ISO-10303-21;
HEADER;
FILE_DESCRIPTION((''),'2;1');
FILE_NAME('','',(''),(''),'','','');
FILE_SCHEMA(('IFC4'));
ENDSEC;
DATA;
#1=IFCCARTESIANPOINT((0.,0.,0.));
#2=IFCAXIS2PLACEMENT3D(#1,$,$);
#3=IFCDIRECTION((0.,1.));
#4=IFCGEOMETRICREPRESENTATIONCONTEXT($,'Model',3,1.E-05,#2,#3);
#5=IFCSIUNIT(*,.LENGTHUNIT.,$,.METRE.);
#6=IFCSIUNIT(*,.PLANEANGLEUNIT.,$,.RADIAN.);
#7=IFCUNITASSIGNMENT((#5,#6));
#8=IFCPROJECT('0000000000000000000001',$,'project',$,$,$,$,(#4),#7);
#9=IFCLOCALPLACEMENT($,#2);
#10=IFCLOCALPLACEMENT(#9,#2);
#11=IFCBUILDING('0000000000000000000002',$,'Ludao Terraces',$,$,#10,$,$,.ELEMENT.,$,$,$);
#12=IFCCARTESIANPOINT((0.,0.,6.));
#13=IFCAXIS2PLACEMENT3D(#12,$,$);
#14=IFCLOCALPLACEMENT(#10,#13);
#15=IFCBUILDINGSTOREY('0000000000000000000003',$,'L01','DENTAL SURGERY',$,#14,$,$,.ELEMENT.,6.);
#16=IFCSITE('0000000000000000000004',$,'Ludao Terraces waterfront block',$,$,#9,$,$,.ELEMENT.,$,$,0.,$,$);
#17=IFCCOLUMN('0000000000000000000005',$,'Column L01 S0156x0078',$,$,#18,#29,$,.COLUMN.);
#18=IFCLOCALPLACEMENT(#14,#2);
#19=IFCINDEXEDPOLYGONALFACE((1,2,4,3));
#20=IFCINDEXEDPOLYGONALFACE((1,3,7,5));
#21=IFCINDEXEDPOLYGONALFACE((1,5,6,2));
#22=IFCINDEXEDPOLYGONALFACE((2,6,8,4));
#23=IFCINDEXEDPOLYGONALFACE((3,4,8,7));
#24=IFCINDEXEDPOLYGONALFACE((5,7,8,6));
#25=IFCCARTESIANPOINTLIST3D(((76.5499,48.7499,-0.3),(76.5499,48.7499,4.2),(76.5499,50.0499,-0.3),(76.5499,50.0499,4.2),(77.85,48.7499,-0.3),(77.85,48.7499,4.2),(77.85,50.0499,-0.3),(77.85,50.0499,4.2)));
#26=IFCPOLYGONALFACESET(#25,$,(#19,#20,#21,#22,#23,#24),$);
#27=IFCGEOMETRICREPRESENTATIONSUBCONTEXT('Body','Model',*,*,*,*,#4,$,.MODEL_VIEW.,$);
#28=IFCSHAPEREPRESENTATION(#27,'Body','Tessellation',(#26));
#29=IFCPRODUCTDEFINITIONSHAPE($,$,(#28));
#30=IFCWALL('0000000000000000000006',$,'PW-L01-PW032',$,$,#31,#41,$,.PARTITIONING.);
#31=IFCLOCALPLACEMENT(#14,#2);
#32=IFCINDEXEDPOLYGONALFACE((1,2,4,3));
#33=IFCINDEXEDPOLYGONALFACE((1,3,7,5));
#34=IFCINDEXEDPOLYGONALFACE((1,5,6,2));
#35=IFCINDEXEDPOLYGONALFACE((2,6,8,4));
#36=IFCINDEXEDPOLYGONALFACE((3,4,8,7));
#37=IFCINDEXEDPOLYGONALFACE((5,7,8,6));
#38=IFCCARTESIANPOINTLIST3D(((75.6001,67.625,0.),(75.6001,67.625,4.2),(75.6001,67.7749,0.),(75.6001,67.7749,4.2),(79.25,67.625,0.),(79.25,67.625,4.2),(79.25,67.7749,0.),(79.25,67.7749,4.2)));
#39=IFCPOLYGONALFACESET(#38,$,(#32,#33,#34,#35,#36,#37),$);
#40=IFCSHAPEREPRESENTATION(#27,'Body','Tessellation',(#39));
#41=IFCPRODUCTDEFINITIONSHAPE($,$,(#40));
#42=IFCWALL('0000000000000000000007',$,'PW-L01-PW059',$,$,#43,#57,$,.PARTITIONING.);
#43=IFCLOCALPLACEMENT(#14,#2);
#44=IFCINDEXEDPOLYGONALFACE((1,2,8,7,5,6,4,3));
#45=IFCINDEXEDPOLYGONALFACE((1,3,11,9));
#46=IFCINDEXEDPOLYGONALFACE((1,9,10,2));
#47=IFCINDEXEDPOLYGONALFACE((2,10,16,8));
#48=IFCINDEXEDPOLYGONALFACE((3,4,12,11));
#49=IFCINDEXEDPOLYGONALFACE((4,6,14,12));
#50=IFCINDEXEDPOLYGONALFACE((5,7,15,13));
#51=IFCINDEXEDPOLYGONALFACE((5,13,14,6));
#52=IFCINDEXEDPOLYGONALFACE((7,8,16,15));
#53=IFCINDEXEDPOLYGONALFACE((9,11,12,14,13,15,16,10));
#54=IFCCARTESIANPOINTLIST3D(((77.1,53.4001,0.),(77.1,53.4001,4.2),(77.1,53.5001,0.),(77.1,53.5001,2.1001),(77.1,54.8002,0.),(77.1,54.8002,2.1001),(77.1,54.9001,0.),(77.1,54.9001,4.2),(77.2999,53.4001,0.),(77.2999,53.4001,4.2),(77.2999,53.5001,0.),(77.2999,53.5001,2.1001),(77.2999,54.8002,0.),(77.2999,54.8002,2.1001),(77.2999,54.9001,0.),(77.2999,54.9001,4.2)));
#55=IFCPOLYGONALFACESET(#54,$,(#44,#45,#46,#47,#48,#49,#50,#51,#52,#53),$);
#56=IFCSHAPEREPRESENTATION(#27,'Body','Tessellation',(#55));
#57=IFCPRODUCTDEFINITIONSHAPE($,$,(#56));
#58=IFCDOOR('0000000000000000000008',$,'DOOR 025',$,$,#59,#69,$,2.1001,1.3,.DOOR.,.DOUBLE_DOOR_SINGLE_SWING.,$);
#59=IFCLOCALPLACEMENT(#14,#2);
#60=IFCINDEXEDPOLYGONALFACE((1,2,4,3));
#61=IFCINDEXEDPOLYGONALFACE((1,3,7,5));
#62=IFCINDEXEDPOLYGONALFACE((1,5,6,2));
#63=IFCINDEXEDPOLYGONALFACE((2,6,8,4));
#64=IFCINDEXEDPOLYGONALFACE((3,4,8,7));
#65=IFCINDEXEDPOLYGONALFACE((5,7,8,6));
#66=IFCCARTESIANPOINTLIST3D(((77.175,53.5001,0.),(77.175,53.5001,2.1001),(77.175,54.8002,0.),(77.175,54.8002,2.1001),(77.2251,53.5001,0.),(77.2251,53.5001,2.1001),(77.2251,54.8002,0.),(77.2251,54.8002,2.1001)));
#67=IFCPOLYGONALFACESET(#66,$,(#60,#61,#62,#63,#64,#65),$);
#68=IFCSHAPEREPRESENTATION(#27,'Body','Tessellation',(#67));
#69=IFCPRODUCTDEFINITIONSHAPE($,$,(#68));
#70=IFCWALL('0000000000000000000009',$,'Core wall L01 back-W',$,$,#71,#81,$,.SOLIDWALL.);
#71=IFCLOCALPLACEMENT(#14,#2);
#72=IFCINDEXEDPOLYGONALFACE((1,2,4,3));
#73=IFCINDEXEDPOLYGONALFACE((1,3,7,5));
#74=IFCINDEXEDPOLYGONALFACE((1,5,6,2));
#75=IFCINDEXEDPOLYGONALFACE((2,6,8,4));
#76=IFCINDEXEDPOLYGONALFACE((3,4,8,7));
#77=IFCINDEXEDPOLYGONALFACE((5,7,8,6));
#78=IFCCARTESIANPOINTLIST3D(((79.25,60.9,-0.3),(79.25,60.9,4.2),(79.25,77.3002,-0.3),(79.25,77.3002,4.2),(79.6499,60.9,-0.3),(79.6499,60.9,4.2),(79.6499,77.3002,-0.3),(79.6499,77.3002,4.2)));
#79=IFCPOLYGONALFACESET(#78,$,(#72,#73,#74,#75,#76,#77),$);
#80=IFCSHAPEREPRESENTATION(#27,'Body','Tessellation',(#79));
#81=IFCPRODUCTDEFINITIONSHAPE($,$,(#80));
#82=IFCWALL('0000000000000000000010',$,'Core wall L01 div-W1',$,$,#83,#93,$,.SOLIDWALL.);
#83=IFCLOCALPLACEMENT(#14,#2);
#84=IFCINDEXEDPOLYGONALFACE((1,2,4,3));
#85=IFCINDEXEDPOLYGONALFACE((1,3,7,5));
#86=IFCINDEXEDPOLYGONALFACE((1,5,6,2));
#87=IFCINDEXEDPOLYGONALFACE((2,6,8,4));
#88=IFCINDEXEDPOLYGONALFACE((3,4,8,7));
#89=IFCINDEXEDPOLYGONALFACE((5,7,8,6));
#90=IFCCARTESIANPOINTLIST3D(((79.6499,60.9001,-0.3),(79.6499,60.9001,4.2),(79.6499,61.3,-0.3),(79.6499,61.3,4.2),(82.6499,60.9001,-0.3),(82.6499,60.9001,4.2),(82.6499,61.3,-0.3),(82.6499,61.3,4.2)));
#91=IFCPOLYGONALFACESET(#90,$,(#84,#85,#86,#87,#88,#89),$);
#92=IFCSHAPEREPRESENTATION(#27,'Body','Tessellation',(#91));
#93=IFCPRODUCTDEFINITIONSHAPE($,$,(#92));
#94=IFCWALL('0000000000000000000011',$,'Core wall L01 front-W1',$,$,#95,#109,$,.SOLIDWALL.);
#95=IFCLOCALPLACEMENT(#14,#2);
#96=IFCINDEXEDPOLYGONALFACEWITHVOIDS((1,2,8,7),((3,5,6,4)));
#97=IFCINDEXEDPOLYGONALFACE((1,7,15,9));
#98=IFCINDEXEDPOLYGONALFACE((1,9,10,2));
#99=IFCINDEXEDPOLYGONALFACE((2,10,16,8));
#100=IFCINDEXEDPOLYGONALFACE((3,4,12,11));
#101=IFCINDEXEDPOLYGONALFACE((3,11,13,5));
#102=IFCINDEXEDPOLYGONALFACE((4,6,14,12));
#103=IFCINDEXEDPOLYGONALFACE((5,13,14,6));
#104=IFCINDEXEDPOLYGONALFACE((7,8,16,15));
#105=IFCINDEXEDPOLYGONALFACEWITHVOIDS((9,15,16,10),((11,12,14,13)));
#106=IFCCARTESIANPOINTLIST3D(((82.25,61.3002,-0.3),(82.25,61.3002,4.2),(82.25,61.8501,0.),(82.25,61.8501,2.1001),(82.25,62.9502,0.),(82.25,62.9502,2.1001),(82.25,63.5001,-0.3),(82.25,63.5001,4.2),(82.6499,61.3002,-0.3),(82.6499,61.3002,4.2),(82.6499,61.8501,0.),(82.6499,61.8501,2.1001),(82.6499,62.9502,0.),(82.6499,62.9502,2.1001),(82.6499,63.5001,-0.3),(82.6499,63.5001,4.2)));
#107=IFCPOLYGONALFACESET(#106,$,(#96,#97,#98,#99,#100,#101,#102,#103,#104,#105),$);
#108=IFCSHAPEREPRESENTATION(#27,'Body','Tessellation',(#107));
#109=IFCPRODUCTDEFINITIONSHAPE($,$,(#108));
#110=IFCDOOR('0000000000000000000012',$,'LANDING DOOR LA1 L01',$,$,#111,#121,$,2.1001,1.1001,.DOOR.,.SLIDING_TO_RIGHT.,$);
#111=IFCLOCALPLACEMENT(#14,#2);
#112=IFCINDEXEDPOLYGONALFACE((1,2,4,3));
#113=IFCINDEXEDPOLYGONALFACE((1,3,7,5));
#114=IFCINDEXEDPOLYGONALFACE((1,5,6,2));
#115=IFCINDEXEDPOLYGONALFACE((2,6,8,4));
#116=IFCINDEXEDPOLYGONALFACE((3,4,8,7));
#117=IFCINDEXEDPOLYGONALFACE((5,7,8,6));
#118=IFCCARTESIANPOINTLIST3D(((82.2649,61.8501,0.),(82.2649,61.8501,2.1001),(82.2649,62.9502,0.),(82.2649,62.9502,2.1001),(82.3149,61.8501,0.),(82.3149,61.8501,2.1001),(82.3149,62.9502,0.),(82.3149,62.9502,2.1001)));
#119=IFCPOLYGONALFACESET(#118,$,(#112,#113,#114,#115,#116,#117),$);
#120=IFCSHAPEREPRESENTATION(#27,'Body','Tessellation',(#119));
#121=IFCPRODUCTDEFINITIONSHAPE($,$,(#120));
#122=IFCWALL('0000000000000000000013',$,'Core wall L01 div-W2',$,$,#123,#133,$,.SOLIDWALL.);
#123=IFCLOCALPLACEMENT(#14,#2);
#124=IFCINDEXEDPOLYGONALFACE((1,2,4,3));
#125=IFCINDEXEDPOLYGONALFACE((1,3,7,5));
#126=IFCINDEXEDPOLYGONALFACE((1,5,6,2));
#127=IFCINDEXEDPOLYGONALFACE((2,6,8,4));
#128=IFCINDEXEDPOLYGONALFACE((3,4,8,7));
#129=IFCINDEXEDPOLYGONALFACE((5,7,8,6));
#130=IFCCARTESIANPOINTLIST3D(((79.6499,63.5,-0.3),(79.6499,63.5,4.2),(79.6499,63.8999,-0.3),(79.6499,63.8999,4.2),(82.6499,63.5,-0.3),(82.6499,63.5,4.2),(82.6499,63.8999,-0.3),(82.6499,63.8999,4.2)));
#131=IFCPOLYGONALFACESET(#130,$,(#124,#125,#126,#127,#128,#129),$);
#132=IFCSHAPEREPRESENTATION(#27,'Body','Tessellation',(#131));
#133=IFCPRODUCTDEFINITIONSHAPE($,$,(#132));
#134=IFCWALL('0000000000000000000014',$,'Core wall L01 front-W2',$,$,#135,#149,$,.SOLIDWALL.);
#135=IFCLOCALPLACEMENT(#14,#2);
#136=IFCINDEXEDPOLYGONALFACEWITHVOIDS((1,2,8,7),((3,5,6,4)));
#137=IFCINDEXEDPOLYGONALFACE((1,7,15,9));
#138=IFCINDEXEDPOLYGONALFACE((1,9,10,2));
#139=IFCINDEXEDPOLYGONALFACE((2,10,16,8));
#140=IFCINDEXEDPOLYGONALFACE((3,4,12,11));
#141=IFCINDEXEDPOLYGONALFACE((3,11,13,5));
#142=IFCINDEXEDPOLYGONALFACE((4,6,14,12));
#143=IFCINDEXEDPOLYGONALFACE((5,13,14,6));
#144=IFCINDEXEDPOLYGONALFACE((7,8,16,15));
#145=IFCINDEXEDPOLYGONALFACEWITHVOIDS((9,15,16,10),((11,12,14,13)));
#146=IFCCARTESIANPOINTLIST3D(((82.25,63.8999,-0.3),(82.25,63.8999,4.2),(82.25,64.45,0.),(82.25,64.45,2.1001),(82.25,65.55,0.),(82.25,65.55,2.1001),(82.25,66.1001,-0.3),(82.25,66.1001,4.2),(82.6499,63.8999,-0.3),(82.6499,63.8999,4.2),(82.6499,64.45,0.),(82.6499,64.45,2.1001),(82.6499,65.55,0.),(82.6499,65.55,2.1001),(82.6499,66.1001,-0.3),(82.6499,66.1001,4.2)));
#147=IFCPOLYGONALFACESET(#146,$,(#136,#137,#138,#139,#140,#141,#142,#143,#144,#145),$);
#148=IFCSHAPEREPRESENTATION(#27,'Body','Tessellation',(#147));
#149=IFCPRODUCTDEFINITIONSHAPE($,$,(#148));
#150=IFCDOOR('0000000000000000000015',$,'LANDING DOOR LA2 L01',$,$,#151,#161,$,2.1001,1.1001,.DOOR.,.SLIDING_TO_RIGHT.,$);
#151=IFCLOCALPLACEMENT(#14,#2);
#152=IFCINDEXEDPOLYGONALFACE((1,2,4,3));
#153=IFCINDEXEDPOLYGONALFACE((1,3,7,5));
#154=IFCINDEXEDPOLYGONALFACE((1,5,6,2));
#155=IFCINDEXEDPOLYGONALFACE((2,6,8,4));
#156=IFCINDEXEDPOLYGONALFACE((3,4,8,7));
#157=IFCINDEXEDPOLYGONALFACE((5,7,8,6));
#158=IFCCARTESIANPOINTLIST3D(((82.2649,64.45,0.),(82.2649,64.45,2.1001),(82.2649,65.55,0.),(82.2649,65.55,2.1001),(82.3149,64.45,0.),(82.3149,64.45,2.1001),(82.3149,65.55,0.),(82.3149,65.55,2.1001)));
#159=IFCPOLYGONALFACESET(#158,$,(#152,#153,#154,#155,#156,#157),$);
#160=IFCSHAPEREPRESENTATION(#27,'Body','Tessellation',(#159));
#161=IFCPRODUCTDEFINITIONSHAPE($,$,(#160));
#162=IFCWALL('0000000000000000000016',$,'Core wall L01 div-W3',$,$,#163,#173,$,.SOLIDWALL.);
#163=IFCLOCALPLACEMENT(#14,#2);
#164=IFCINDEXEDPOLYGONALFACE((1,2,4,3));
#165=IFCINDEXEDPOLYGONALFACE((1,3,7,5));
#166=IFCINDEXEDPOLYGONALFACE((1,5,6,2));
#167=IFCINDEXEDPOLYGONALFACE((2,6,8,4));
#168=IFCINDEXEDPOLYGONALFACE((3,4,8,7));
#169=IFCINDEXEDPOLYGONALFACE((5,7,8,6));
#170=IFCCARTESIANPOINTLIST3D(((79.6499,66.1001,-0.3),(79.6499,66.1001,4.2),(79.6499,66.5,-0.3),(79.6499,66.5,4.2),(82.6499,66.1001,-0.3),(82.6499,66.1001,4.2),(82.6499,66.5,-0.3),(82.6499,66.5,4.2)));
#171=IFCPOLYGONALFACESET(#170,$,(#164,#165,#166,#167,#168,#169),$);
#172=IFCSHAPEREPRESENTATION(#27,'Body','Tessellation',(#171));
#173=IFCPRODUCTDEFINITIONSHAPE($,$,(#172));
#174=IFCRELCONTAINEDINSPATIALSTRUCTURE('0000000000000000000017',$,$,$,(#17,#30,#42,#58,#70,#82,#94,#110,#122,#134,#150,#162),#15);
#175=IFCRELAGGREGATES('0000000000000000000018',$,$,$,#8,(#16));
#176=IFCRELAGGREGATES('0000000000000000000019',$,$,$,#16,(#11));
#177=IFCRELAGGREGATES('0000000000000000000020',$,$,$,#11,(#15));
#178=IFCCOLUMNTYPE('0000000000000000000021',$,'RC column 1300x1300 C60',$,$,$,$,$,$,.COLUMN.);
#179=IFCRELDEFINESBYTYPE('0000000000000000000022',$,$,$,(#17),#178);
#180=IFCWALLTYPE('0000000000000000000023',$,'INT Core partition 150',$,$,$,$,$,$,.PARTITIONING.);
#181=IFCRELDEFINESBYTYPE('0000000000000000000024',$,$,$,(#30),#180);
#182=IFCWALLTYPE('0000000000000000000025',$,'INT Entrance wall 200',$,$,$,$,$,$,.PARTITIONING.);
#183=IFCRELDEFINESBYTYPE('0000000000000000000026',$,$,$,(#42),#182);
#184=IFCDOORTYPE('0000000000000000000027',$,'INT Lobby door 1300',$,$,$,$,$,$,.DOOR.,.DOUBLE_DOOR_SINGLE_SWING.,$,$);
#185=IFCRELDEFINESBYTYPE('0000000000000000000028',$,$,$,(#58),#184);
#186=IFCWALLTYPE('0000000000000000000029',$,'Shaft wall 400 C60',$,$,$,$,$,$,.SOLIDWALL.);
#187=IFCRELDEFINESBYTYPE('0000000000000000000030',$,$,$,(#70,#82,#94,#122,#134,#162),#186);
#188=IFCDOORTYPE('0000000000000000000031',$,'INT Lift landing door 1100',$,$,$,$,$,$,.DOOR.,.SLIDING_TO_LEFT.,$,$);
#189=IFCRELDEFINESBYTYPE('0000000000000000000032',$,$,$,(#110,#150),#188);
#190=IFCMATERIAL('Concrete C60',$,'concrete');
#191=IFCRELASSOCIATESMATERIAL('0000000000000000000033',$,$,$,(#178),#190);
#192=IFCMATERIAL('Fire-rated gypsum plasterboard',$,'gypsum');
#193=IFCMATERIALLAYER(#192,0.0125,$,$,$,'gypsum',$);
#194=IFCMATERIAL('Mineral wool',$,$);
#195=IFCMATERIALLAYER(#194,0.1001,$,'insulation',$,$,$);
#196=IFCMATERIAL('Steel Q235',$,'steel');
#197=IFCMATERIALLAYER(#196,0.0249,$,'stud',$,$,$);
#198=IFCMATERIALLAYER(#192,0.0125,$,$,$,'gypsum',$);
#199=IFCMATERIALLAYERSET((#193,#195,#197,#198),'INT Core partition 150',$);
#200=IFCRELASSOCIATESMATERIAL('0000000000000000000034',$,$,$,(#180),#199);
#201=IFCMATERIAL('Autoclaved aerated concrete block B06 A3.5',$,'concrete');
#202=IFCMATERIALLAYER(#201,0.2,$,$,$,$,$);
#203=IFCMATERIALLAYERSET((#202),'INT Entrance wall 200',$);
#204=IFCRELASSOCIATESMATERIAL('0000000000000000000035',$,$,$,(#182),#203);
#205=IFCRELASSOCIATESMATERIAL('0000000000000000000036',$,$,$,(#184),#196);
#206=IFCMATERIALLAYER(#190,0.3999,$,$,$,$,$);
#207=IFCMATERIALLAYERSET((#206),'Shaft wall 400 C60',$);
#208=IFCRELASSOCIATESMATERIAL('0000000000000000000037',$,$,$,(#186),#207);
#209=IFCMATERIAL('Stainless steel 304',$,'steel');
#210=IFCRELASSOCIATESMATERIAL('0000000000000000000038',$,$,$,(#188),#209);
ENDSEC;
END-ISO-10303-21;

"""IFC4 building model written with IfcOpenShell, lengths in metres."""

from ifc_helpers import new_model, si_unit, direction, frame, frame_2d, origin, origin_2d, place, context, subcontext, project, spatial, rectangle, extrude, material, layer, layer_set, material_profile, profile_set, type_object, element, fill, save


model = new_model("IFC4")

# Units and contexts
model_context = context("Model", 3, precision=1e-05, world=origin(), true_north=direction((0.0, 1.0)))
body_context = subcontext(model_context, "Body", "Model", "MODEL_VIEW")
ifc_project = project(units=[si_unit("LENGTHUNIT", "METRE"), si_unit("PLANEANGLEUNIT", "RADIAN")], contexts=[model_context])

# Site, building, storey
site_placement = place(None, origin())
site = spatial("IfcSite", under=ifc_project, at=site_placement, Name="Ludao Terraces waterfront block", CompositionType="ELEMENT", RefElevation=0.0)
building_placement = place(site_placement, origin())
building = spatial("IfcBuilding", under=site, at=building_placement, Name="Ludao Terraces", CompositionType="ELEMENT")
storey_placement = place(building_placement, frame((0.0, 0.0, 6.0)))
storey = spatial("IfcBuildingStorey", under=building, at=storey_placement, Name="L01", Description="DENTAL SURGERY", CompositionType="ELEMENT", Elevation=6.0)

# Column
ifc_material_1 = material(Name="Concrete C60", Category="concrete")
ifc_material_profile = material_profile(ifc_material_1, rectangle(XDim=1.3, YDim=1.3, at=origin_2d()), Name="1300 X 1300")
ifc_profile_set = profile_set([ifc_material_profile], Name="Concrete C60")
column_type = type_object("IfcColumnType", Name="RC column 1300x1300 C60", PredefinedType="COLUMN", material=ifc_profile_set)
column_placement = place(storey_placement, frame((77.2, 49.3999, -0.3), z_axis=(0.0, 0.0, 1.0), x_axis=(1.0, 0.0, 0.0)))
element("IfcColumn", 1, at=column_placement, inside=storey, type_object=column_type, Name="Column L01 S0156x0078", PredefinedType="COLUMN", context=body_context, shape_type="SweptSolid", body=[
    extrude(rectangle(XDim=1.3, YDim=1.3, at=origin_2d()), origin(), (0.0, 0.0, 1.0), 4.5),
])

# Wall
ifc_material_2 = material(Name="Fire-rated gypsum plasterboard", Category="gypsum")
ifc_layer_1 = layer(ifc_material_2, 0.0125, Category="gypsum")
ifc_material_3 = material(Name="Mineral wool")
ifc_layer_2 = layer(ifc_material_3, 0.1001, Name="insulation")
ifc_material_4 = material(Name="Steel Q235", Category="steel")
ifc_layer_3 = layer(ifc_material_4, 0.0249, Name="stud")
ifc_layer_4 = layer(ifc_material_2, 0.0125, Category="gypsum")
ifc_layer_set_1 = layer_set([ifc_layer_1, ifc_layer_2, ifc_layer_3, ifc_layer_4], Name="INT Core partition 150")
wall_type_1 = type_object("IfcWallType", Name="INT Core partition 150", PredefinedType="PARTITIONING", material=ifc_layer_set_1)
wall_1_placement = place(storey_placement, frame((75.6001, 67.7, 0.0), z_axis=(0.0, 0.0, 1.0), x_axis=(1.0, 0.0, 0.0)))
element("IfcWall", 2, at=wall_1_placement, inside=storey, type_object=wall_type_1, Name="PW-L01-PW032", PredefinedType="PARTITIONING", context=body_context, shape_type="SweptSolid", body=[
    extrude(rectangle(XDim=3.6499, YDim=0.1499, at=frame_2d((1.825, 0.0))), origin(), (0.0, 0.0, 1.0), 4.2),
])

# Wall, opening, door
ifc_material_5 = material(Name="Autoclaved aerated concrete block B06 A3.5", Category="concrete")
ifc_layer_5 = layer(ifc_material_5, 0.2)
ifc_layer_set_2 = layer_set([ifc_layer_5], Name="INT Entrance wall 200")
wall_type_2 = type_object("IfcWallType", Name="INT Entrance wall 200", PredefinedType="PARTITIONING", material=ifc_layer_set_2)
wall_2_placement = place(storey_placement, frame((77.2, 53.4001, 0.0), z_axis=(0.0, 0.0, 1.0), x_axis=(0.0, 1.0, 0.0)))
wall_2 = element("IfcWall", 3, at=wall_2_placement, inside=storey, type_object=wall_type_2, Name="PW-L01-PW059", PredefinedType="PARTITIONING", context=body_context, shape_type="SweptSolid", body=[
    extrude(rectangle(XDim=1.5, YDim=0.2, at=frame_2d((0.75, 0.0))), origin(), (0.0, 0.0, 1.0), 4.2),
])
opening_1_placement = place(wall_2_placement, frame((0.1001, 0.0, 0.0)))
opening_1 = element("IfcOpeningElement", 4, at=opening_1_placement, cuts=wall_2, PredefinedType="OPENING", context=body_context, shape_type="SweptSolid", body=[
    extrude(rectangle(XDim=1.3, YDim=2.1001, at=frame_2d((0.6499, 1.05))), frame((0.0, 0.1099, 0.0), z_axis=(0.0, -1.0, 0.0), x_axis=(1.0, 0.0, 0.0)), (0.0, 0.0, 1.0), 0.22),
])
door_type_1 = type_object("IfcDoorType", Name="INT Lobby door 1300", OperationType="DOUBLE_DOOR_SINGLE_SWING", PredefinedType="DOOR", material=ifc_material_4)
door_1_placement = place(opening_1_placement, origin())
door_1 = element("IfcDoor", 5, at=door_1_placement, inside=storey, type_object=door_type_1, Name="DOOR 025", OperationType="DOUBLE_DOOR_SINGLE_SWING", OverallHeight=2.1001, OverallWidth=1.3, PredefinedType="DOOR", context=body_context, shape_type="SweptSolid", body=[
    extrude(rectangle(XDim=1.3, YDim=2.1001, at=frame_2d((0.6499, 1.05))), frame((0.0, 0.0249, 0.0), z_axis=(0.0, -1.0, 0.0), x_axis=(1.0, 0.0, 0.0)), (0.0, 0.0, 1.0), 0.05),
])
fill(opening_1, door_1)

# Walls
ifc_layer_6 = layer(ifc_material_1, 0.3999)
ifc_layer_set_3 = layer_set([ifc_layer_6], Name="Shaft wall 400 C60")
wall_type_3 = type_object("IfcWallType", Name="Shaft wall 400 C60", PredefinedType="SOLIDWALL", material=ifc_layer_set_3)
wall_3_placement = place(storey_placement, frame((79.45, 60.8999, -0.3), z_axis=(0.0, 0.0, 1.0), x_axis=(0.0, 1.0, 0.0)))
element("IfcWall", 6, at=wall_3_placement, inside=storey, type_object=wall_type_3, Name="Core wall L01 back-W", PredefinedType="SOLIDWALL", context=body_context, shape_type="SweptSolid", body=[
    extrude(rectangle(XDim=16.4001, YDim=0.3999, at=frame_2d((8.2002, 0.0))), origin(), (0.0, 0.0, 1.0), 4.5),
])
wall_4_placement = place(storey_placement, frame((79.6499, 61.1001, -0.3), z_axis=(0.0, 0.0, 1.0), x_axis=(1.0, 0.0, 0.0)))
element("IfcWall", 7, at=wall_4_placement, inside=storey, type_object=wall_type_3, Name="Core wall L01 div-W1", PredefinedType="SOLIDWALL", context=body_context, shape_type="SweptSolid", body=[
    extrude(rectangle(XDim=3.0, YDim=0.3999, at=frame_2d((1.5, 0.0))), origin(), (0.0, 0.0, 1.0), 4.5),
])

# Wall, opening, door
wall_5_placement = place(storey_placement, frame((82.45, 61.3, -0.3), z_axis=(0.0, 0.0, 1.0), x_axis=(0.0, 1.0, 0.0)))
wall_5 = element("IfcWall", 8, at=wall_5_placement, inside=storey, type_object=wall_type_3, Name="Core wall L01 front-W1", PredefinedType="SOLIDWALL", context=body_context, shape_type="SweptSolid", body=[
    extrude(rectangle(XDim=2.2, YDim=0.3999, at=frame_2d((1.1001, 0.0))), origin(), (0.0, 0.0, 1.0), 4.5),
])
opening_2_placement = place(wall_5_placement, frame((0.55, 0.0, 0.3)))
opening_2 = element("IfcOpeningElement", 9, at=opening_2_placement, cuts=wall_5, PredefinedType="OPENING", context=body_context, shape_type="SweptSolid", body=[
    extrude(rectangle(XDim=1.1001, YDim=2.1001, at=frame_2d((0.55, 1.05))), frame((0.0, 0.21, 0.0), z_axis=(0.0, -1.0, 0.0), x_axis=(1.0, 0.0, 0.0)), (0.0, 0.0, 1.0), 0.4199),
])
ifc_material_6 = material(Name="Stainless steel 304", Category="steel")
door_type_2 = type_object("IfcDoorType", Name="INT Lift landing door 1100", OperationType="SLIDING_TO_LEFT", PredefinedType="DOOR", material=ifc_material_6)
door_2_placement = place(opening_2_placement, origin())
door_2 = element("IfcDoor", 10, at=door_2_placement, inside=storey, type_object=door_type_2, Name="LANDING DOOR LA1 L01", OperationType="SLIDING_TO_RIGHT", OverallHeight=2.1001, OverallWidth=1.1001, PredefinedType="DOOR", context=body_context, shape_type="SweptSolid", body=[
    extrude(rectangle(XDim=1.1001, YDim=2.1001, at=frame_2d((0.55, 1.05))), frame((0.0, 0.1851, 0.0), z_axis=(0.0, -1.0, 0.0), x_axis=(1.0, 0.0, 0.0)), (0.0, 0.0, 1.0), 0.05),
])
fill(opening_2, door_2)

# Wall
wall_6_placement = place(storey_placement, frame((79.6499, 63.7, -0.3), z_axis=(0.0, 0.0, 1.0), x_axis=(1.0, 0.0, 0.0)))
element("IfcWall", 11, at=wall_6_placement, inside=storey, type_object=wall_type_3, Name="Core wall L01 div-W2", PredefinedType="SOLIDWALL", context=body_context, shape_type="SweptSolid", body=[
    extrude(rectangle(XDim=3.0, YDim=0.3999, at=frame_2d((1.5, 0.0))), origin(), (0.0, 0.0, 1.0), 4.5),
])

# Wall, opening, door
wall_7_placement = place(storey_placement, frame((82.45, 63.8999, -0.3), z_axis=(0.0, 0.0, 1.0), x_axis=(0.0, 1.0, 0.0)))
wall_7 = element("IfcWall", 12, at=wall_7_placement, inside=storey, type_object=wall_type_3, Name="Core wall L01 front-W2", PredefinedType="SOLIDWALL", context=body_context, shape_type="SweptSolid", body=[
    extrude(rectangle(XDim=2.2002, YDim=0.3999, at=frame_2d((1.1001, 0.0))), origin(), (0.0, 0.0, 1.0), 4.5),
])
opening_3_placement = place(wall_7_placement, frame((0.55, 0.0, 0.3)))
opening_3 = element("IfcOpeningElement", 13, at=opening_3_placement, cuts=wall_7, PredefinedType="OPENING", context=body_context, shape_type="SweptSolid", body=[
    extrude(rectangle(XDim=1.1001, YDim=2.1001, at=frame_2d((0.55, 1.05))), frame((0.0, 0.21, 0.0), z_axis=(0.0, -1.0, 0.0), x_axis=(1.0, 0.0, 0.0)), (0.0, 0.0, 1.0), 0.4199),
])
door_3_placement = place(opening_3_placement, origin())
door_3 = element("IfcDoor", 14, at=door_3_placement, inside=storey, type_object=door_type_2, Name="LANDING DOOR LA2 L01", OperationType="SLIDING_TO_RIGHT", OverallHeight=2.1001, OverallWidth=1.1001, PredefinedType="DOOR", context=body_context, shape_type="SweptSolid", body=[
    extrude(rectangle(XDim=1.1001, YDim=2.1001, at=frame_2d((0.55, 1.05))), frame((0.0, 0.1851, 0.0), z_axis=(0.0, -1.0, 0.0), x_axis=(1.0, 0.0, 0.0)), (0.0, 0.0, 1.0), 0.05),
])
fill(opening_3, door_3)

# Wall
wall_8_placement = place(storey_placement, frame((79.6499, 66.3, -0.3), z_axis=(0.0, 0.0, 1.0), x_axis=(1.0, 0.0, 0.0)))
element("IfcWall", 15, at=wall_8_placement, inside=storey, type_object=wall_type_3, Name="Core wall L01 div-W3", PredefinedType="SOLIDWALL", context=body_context, shape_type="SweptSolid", body=[
    extrude(rectangle(XDim=3.0, YDim=0.3999, at=frame_2d((1.5, 0.0))), origin(), (0.0, 0.0, 1.0), 4.5),
])

save(model, "model.ifc")
